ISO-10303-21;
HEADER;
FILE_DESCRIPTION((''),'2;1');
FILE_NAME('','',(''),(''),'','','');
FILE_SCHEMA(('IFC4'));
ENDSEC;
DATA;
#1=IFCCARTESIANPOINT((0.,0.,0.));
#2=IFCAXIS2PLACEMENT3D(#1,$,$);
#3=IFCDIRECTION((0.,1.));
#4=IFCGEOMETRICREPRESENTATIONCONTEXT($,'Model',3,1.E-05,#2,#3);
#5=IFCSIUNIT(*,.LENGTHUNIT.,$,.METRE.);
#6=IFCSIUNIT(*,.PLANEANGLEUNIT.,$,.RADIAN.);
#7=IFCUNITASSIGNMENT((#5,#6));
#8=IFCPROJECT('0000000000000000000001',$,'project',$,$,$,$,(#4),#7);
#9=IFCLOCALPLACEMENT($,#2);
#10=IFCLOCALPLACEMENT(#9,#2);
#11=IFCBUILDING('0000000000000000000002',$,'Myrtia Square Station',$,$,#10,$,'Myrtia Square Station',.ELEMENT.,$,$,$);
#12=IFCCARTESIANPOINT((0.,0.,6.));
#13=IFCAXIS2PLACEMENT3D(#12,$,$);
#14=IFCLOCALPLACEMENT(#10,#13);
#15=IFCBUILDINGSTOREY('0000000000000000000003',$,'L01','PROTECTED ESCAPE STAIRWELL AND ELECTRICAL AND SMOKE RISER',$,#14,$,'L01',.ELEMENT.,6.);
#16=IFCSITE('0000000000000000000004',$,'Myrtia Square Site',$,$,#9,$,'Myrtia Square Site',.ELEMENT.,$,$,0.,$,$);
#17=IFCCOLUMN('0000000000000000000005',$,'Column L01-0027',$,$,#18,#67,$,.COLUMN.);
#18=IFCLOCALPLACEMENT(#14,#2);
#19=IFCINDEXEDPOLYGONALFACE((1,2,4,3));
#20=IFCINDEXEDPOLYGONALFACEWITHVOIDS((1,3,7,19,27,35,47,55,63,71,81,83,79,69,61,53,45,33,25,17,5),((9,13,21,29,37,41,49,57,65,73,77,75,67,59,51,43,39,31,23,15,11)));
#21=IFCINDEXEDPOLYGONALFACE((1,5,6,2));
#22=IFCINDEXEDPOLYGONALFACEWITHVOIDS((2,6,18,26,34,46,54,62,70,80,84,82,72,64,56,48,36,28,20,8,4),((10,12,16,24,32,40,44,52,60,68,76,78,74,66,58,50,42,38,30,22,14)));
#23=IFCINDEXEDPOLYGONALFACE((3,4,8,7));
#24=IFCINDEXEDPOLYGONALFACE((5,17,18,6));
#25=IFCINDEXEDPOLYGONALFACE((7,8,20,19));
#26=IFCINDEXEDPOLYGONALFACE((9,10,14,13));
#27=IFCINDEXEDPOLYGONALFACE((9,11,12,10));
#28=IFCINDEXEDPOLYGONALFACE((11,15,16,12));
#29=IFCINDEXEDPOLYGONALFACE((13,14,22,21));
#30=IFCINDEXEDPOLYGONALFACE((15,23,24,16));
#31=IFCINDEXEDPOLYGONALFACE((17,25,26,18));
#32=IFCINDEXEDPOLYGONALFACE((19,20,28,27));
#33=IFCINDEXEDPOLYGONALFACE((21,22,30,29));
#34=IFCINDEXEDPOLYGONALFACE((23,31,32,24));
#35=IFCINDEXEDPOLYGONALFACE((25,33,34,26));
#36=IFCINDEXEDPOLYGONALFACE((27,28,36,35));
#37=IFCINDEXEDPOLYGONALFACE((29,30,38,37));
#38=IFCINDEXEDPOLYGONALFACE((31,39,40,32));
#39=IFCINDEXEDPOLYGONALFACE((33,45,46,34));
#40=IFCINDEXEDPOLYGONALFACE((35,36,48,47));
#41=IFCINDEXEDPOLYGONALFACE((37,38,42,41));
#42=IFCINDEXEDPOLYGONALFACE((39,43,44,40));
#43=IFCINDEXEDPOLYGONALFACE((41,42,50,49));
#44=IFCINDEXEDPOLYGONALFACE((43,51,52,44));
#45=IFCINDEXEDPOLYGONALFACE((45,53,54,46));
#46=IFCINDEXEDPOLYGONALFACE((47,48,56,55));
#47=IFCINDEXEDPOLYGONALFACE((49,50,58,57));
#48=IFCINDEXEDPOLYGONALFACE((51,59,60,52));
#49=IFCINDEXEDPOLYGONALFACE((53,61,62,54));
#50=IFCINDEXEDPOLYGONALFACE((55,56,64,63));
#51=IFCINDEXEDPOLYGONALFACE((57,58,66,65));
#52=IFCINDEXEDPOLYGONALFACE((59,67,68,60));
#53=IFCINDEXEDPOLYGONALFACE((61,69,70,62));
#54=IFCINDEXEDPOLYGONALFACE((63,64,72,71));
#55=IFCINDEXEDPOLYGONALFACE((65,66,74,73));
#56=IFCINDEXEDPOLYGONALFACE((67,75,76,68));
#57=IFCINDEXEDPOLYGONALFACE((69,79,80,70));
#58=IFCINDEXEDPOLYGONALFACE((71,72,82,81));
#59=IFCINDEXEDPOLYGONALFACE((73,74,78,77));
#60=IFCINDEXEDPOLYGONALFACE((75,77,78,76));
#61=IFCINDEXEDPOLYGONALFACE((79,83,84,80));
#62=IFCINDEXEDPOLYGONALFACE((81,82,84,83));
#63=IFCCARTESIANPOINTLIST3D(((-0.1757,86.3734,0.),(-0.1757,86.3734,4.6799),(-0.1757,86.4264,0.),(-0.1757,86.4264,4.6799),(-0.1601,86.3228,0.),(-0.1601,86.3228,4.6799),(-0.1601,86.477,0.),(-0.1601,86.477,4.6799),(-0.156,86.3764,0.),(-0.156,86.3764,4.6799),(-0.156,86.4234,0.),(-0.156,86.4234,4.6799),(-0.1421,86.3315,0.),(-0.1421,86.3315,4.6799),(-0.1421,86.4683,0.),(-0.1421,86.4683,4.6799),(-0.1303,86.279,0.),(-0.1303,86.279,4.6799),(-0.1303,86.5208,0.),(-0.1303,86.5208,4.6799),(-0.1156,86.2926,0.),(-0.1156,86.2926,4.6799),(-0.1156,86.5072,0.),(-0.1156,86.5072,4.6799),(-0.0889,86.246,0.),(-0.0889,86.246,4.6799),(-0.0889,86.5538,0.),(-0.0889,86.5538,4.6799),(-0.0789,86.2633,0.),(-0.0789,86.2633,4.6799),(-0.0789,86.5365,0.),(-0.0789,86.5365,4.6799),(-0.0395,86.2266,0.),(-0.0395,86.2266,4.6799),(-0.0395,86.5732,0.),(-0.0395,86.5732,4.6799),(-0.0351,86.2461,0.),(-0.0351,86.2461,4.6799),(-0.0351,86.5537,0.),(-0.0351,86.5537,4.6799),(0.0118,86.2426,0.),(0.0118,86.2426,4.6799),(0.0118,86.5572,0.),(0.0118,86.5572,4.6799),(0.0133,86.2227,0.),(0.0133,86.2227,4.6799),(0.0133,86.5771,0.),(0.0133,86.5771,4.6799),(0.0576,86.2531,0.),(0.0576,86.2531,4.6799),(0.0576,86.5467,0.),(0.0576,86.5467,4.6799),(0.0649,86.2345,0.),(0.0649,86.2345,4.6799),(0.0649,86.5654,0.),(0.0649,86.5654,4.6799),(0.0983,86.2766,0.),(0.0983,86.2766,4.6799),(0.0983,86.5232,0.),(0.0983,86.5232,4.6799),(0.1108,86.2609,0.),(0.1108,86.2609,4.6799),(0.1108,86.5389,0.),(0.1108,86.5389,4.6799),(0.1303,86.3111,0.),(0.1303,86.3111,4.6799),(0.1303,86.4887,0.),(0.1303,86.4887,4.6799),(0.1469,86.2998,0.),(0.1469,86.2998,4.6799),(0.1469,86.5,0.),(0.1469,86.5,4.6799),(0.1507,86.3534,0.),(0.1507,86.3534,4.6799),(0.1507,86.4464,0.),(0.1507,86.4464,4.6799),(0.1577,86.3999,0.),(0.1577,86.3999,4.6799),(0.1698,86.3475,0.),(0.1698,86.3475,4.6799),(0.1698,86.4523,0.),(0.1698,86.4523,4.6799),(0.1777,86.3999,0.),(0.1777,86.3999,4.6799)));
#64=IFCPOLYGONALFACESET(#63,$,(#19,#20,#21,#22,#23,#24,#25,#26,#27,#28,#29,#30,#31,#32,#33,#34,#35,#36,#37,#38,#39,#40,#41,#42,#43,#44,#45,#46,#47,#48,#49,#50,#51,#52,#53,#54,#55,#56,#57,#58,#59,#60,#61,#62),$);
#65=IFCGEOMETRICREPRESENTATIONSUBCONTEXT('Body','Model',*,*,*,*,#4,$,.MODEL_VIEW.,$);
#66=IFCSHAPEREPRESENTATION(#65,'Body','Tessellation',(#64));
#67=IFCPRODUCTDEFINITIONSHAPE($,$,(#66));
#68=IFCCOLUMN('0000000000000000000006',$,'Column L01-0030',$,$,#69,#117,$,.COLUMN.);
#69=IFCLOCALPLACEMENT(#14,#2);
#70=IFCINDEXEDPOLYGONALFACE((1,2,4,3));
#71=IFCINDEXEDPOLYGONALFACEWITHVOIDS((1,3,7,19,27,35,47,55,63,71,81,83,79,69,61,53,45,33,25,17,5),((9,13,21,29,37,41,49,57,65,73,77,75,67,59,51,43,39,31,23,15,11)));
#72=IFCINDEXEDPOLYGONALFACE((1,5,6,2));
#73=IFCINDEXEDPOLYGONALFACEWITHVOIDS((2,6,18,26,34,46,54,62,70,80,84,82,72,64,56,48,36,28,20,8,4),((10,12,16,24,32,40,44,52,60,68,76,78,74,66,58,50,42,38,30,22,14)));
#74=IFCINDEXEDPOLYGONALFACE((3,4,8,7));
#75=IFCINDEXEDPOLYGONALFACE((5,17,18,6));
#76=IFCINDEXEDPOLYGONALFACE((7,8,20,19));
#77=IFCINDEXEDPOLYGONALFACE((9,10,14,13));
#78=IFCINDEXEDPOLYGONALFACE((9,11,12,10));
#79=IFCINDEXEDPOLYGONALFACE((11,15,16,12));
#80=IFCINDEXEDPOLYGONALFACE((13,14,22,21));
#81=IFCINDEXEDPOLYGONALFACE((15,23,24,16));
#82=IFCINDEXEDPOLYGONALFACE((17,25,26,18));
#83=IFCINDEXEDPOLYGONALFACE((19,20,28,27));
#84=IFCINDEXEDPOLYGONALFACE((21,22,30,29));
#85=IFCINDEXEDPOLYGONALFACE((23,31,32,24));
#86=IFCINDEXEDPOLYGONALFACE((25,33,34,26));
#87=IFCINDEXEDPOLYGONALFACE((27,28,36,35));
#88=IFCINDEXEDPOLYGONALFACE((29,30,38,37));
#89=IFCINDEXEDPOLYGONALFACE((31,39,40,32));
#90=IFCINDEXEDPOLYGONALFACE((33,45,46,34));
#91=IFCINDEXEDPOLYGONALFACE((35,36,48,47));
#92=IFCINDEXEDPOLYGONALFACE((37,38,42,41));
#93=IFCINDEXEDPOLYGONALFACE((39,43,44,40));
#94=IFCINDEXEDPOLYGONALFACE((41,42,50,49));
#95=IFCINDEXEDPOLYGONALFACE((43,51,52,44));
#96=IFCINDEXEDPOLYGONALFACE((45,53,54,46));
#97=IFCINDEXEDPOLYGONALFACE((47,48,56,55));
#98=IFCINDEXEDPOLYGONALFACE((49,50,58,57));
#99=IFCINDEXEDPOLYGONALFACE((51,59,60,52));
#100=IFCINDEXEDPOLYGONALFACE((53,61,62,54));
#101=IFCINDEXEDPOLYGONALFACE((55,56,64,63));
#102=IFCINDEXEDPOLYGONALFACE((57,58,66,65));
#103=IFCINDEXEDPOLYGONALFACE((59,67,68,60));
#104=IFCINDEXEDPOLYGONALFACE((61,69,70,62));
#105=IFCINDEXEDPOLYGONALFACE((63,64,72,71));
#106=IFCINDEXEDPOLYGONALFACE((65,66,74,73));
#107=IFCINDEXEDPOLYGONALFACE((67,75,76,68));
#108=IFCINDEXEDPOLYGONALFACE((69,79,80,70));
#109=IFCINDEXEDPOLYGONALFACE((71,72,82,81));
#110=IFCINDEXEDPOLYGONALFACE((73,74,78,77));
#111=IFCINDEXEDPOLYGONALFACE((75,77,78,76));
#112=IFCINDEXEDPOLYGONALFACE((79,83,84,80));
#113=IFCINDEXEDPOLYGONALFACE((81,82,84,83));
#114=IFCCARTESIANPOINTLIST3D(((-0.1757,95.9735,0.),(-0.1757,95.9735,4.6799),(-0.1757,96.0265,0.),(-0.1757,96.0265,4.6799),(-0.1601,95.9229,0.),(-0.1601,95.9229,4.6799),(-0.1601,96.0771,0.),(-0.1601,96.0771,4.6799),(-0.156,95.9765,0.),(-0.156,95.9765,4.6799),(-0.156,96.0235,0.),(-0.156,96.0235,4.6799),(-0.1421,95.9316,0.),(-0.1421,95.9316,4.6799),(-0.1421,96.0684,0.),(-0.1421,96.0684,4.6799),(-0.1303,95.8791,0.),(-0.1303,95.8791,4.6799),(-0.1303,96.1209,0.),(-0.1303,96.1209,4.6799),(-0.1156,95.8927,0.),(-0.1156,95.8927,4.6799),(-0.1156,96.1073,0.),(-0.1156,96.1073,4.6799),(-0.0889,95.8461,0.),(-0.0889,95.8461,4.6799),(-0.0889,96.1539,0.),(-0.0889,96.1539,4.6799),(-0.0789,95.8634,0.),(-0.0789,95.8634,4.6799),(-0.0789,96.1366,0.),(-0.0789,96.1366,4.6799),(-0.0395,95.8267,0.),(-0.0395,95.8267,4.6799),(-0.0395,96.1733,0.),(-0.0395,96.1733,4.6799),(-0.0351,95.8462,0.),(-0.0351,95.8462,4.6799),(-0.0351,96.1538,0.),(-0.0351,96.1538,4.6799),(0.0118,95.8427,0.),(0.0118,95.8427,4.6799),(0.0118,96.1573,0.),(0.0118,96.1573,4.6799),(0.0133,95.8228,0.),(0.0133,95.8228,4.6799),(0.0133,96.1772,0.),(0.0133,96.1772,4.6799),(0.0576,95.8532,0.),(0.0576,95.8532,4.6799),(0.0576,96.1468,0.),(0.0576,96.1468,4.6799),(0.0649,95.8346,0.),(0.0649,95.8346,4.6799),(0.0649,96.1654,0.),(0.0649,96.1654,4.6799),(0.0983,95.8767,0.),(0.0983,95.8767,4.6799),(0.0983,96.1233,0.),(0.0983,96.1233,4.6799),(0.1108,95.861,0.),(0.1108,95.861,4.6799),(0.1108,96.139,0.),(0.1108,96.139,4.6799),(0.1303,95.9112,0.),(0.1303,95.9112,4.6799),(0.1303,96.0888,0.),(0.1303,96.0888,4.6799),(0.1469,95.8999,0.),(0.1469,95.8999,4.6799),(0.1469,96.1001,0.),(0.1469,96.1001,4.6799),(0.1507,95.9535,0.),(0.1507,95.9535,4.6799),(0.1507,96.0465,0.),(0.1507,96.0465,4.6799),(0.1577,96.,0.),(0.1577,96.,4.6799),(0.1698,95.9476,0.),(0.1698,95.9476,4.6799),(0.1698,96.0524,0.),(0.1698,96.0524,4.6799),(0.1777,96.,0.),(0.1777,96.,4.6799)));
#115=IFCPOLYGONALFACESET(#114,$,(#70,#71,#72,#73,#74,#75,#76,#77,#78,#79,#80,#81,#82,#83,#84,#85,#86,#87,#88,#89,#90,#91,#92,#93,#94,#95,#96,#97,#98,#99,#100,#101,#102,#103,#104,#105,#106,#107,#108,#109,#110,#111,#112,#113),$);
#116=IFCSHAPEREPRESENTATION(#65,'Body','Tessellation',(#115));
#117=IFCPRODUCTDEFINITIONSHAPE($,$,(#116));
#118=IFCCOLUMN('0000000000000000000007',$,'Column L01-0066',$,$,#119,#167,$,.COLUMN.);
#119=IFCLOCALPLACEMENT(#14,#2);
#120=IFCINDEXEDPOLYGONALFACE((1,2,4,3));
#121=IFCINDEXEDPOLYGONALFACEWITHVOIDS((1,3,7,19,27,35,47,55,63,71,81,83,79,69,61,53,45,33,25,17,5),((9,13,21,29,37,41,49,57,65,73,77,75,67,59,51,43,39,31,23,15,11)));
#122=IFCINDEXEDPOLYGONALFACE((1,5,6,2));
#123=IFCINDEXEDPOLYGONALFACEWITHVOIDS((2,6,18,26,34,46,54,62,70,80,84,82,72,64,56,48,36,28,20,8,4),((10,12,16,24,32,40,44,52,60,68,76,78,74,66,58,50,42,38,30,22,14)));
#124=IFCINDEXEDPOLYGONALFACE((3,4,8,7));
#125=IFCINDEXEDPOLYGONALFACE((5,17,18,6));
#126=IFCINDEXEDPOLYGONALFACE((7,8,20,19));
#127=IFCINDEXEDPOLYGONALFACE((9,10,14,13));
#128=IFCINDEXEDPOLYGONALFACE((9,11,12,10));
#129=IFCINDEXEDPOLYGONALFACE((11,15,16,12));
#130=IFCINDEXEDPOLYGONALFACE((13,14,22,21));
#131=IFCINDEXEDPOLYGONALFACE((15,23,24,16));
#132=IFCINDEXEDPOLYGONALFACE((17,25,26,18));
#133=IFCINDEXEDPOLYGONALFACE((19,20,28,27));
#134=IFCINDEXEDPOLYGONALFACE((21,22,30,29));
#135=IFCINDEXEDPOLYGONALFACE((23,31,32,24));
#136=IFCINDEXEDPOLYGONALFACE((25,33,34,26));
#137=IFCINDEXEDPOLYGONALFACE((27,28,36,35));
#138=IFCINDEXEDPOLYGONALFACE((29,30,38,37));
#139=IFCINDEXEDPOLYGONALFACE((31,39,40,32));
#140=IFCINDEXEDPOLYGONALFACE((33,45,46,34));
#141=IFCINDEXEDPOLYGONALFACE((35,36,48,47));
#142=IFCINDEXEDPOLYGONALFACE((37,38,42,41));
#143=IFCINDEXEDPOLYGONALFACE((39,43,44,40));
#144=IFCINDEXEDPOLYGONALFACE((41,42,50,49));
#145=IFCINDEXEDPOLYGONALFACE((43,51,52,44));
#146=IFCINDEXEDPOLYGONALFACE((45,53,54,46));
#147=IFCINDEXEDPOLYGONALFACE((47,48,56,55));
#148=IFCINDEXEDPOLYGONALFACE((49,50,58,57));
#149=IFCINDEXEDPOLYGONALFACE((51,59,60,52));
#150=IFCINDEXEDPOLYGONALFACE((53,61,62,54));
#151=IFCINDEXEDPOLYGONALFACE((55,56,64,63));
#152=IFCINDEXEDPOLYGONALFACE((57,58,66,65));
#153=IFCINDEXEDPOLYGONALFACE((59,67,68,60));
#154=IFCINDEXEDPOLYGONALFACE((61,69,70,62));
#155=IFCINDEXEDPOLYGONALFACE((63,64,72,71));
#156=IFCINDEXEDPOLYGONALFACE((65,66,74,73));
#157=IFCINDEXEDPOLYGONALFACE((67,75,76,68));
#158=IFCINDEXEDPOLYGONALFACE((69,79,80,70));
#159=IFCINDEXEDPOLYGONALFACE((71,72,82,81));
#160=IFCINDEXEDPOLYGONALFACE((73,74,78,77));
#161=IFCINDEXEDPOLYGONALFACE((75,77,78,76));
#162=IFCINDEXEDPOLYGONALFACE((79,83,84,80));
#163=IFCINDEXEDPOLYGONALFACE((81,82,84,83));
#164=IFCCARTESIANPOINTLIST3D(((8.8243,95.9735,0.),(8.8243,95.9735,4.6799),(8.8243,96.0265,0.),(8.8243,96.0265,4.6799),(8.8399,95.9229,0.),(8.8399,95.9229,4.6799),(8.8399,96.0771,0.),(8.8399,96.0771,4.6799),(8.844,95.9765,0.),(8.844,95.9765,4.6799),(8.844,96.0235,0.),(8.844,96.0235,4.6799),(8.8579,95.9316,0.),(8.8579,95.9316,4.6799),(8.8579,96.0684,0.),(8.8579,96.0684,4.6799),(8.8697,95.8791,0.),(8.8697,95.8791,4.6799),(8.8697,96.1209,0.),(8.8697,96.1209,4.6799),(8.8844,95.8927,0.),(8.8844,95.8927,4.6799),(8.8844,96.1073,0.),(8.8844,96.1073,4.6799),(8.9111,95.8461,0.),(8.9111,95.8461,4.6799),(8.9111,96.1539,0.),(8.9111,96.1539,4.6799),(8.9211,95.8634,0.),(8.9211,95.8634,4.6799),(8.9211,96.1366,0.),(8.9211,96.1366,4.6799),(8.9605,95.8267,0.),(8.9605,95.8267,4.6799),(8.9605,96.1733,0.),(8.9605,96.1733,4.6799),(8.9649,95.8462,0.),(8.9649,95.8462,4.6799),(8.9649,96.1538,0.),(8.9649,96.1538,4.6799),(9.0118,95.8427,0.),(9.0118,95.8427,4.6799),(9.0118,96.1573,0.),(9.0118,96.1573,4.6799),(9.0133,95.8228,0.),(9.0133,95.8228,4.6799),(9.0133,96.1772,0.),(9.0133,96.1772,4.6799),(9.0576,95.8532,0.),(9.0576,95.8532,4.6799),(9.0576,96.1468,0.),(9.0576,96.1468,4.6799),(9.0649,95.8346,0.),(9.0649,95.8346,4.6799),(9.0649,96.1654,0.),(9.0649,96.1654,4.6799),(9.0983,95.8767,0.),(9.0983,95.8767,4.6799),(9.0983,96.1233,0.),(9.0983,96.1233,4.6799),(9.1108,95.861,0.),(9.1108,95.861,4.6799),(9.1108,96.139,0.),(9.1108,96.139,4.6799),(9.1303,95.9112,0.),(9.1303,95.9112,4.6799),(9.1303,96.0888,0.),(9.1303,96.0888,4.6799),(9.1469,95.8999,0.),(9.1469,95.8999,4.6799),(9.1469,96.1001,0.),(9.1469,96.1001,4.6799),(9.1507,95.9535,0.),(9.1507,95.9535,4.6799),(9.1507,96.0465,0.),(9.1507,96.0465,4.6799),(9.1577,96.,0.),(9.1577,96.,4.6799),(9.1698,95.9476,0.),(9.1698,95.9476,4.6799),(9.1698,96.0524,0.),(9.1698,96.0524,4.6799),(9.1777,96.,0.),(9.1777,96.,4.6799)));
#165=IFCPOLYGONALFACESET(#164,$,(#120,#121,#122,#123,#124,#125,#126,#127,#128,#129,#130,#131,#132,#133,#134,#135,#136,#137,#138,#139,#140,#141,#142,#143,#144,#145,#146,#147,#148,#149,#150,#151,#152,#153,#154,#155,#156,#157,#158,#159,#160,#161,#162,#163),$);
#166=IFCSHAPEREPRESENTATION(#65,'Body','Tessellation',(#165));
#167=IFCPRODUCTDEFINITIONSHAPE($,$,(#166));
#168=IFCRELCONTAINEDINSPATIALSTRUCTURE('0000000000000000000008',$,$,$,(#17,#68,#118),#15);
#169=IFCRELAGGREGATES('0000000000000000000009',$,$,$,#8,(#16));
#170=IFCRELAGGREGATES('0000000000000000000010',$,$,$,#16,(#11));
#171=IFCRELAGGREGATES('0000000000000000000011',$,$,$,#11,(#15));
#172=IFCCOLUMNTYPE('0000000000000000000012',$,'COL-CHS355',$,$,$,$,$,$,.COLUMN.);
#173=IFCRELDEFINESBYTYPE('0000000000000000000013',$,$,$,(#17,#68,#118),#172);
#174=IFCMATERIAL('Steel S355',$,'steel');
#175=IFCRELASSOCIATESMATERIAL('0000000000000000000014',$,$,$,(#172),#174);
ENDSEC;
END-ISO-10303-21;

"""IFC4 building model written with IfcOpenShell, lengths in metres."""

from ifc_helpers import new_model, si_unit, direction, frame, origin, origin_2d, place, context, subcontext, project, spatial, hollow_circle, extrude, material, material_profile, profile_set, type_object, element, save


model = new_model("IFC4")

# Units and contexts
model_context = context("Model", 3, precision=1e-05, world=origin(), true_north=direction((0.0, 1.0)))
body_context = subcontext(model_context, "Body", "Model", "MODEL_VIEW")
ifc_project = project(units=[si_unit("LENGTHUNIT", "METRE"), si_unit("PLANEANGLEUNIT", "RADIAN")], contexts=[model_context])

# Site, building, storey
site_placement = place(None, origin())
site = spatial("IfcSite", under=ifc_project, at=site_placement, Name="Myrtia Square Site", LongName="Myrtia Square Site", CompositionType="ELEMENT", RefElevation=0.0)
building_placement = place(site_placement, origin())
building = spatial("IfcBuilding", under=site, at=building_placement, Name="Myrtia Square Station", LongName="Myrtia Square Station", CompositionType="ELEMENT")
storey_placement = place(building_placement, frame((0.0, 0.0, 6.0)))
storey = spatial("IfcBuildingStorey", under=building, at=storey_placement, Name="L01", Description="PROTECTED ESCAPE STAIRWELL AND ELECTRICAL AND SMOKE RISER", LongName="L01", CompositionType="ELEMENT", Elevation=6.0)

# Columns
ifc_material_1 = material(Name="Steel S355", Category="steel")
ifc_material_profile_1 = material_profile(ifc_material_1, hollow_circle(Radius=0.1777, WallThickness=0.02, at=origin_2d()), Name="CHS 355.6x20")
ifc_profile_set_1 = profile_set([ifc_material_profile_1], Name="Steel S355")
column_type_1 = type_object("IfcColumnType", Name="COL-CHS355", PredefinedType="COLUMN", material=ifc_profile_set_1)
for number, where, z_axis, x_axis, name in (
    (1, (0.0, 86.3999, 0.0), (0.0, 0.0, 1.0), (1.0, 0.0, 0.0), "Column L01-0027"),
    (2, (0.0, 96.0, 0.0), (0.0, 0.0, 1.0), (1.0, 0.0, 0.0), "Column L01-0030"),
    (3, (9.0, 96.0, 0.0), (0.0, 0.0, 1.0), (1.0, 0.0, 0.0), "Column L01-0066"),
):
    element("IfcColumn", number, at=place(storey_placement, frame(where, z_axis=z_axis, x_axis=x_axis)), inside=storey, type_object=column_type_1, Name=name, PredefinedType="COLUMN", context=body_context, shape_type="SweptSolid", body=[
        extrude(hollow_circle(Radius=0.1777, WallThickness=0.02, at=origin_2d()), origin(), (0.0, 0.0, 1.0), 4.6799),
    ])

save(model, "model.ifc")
